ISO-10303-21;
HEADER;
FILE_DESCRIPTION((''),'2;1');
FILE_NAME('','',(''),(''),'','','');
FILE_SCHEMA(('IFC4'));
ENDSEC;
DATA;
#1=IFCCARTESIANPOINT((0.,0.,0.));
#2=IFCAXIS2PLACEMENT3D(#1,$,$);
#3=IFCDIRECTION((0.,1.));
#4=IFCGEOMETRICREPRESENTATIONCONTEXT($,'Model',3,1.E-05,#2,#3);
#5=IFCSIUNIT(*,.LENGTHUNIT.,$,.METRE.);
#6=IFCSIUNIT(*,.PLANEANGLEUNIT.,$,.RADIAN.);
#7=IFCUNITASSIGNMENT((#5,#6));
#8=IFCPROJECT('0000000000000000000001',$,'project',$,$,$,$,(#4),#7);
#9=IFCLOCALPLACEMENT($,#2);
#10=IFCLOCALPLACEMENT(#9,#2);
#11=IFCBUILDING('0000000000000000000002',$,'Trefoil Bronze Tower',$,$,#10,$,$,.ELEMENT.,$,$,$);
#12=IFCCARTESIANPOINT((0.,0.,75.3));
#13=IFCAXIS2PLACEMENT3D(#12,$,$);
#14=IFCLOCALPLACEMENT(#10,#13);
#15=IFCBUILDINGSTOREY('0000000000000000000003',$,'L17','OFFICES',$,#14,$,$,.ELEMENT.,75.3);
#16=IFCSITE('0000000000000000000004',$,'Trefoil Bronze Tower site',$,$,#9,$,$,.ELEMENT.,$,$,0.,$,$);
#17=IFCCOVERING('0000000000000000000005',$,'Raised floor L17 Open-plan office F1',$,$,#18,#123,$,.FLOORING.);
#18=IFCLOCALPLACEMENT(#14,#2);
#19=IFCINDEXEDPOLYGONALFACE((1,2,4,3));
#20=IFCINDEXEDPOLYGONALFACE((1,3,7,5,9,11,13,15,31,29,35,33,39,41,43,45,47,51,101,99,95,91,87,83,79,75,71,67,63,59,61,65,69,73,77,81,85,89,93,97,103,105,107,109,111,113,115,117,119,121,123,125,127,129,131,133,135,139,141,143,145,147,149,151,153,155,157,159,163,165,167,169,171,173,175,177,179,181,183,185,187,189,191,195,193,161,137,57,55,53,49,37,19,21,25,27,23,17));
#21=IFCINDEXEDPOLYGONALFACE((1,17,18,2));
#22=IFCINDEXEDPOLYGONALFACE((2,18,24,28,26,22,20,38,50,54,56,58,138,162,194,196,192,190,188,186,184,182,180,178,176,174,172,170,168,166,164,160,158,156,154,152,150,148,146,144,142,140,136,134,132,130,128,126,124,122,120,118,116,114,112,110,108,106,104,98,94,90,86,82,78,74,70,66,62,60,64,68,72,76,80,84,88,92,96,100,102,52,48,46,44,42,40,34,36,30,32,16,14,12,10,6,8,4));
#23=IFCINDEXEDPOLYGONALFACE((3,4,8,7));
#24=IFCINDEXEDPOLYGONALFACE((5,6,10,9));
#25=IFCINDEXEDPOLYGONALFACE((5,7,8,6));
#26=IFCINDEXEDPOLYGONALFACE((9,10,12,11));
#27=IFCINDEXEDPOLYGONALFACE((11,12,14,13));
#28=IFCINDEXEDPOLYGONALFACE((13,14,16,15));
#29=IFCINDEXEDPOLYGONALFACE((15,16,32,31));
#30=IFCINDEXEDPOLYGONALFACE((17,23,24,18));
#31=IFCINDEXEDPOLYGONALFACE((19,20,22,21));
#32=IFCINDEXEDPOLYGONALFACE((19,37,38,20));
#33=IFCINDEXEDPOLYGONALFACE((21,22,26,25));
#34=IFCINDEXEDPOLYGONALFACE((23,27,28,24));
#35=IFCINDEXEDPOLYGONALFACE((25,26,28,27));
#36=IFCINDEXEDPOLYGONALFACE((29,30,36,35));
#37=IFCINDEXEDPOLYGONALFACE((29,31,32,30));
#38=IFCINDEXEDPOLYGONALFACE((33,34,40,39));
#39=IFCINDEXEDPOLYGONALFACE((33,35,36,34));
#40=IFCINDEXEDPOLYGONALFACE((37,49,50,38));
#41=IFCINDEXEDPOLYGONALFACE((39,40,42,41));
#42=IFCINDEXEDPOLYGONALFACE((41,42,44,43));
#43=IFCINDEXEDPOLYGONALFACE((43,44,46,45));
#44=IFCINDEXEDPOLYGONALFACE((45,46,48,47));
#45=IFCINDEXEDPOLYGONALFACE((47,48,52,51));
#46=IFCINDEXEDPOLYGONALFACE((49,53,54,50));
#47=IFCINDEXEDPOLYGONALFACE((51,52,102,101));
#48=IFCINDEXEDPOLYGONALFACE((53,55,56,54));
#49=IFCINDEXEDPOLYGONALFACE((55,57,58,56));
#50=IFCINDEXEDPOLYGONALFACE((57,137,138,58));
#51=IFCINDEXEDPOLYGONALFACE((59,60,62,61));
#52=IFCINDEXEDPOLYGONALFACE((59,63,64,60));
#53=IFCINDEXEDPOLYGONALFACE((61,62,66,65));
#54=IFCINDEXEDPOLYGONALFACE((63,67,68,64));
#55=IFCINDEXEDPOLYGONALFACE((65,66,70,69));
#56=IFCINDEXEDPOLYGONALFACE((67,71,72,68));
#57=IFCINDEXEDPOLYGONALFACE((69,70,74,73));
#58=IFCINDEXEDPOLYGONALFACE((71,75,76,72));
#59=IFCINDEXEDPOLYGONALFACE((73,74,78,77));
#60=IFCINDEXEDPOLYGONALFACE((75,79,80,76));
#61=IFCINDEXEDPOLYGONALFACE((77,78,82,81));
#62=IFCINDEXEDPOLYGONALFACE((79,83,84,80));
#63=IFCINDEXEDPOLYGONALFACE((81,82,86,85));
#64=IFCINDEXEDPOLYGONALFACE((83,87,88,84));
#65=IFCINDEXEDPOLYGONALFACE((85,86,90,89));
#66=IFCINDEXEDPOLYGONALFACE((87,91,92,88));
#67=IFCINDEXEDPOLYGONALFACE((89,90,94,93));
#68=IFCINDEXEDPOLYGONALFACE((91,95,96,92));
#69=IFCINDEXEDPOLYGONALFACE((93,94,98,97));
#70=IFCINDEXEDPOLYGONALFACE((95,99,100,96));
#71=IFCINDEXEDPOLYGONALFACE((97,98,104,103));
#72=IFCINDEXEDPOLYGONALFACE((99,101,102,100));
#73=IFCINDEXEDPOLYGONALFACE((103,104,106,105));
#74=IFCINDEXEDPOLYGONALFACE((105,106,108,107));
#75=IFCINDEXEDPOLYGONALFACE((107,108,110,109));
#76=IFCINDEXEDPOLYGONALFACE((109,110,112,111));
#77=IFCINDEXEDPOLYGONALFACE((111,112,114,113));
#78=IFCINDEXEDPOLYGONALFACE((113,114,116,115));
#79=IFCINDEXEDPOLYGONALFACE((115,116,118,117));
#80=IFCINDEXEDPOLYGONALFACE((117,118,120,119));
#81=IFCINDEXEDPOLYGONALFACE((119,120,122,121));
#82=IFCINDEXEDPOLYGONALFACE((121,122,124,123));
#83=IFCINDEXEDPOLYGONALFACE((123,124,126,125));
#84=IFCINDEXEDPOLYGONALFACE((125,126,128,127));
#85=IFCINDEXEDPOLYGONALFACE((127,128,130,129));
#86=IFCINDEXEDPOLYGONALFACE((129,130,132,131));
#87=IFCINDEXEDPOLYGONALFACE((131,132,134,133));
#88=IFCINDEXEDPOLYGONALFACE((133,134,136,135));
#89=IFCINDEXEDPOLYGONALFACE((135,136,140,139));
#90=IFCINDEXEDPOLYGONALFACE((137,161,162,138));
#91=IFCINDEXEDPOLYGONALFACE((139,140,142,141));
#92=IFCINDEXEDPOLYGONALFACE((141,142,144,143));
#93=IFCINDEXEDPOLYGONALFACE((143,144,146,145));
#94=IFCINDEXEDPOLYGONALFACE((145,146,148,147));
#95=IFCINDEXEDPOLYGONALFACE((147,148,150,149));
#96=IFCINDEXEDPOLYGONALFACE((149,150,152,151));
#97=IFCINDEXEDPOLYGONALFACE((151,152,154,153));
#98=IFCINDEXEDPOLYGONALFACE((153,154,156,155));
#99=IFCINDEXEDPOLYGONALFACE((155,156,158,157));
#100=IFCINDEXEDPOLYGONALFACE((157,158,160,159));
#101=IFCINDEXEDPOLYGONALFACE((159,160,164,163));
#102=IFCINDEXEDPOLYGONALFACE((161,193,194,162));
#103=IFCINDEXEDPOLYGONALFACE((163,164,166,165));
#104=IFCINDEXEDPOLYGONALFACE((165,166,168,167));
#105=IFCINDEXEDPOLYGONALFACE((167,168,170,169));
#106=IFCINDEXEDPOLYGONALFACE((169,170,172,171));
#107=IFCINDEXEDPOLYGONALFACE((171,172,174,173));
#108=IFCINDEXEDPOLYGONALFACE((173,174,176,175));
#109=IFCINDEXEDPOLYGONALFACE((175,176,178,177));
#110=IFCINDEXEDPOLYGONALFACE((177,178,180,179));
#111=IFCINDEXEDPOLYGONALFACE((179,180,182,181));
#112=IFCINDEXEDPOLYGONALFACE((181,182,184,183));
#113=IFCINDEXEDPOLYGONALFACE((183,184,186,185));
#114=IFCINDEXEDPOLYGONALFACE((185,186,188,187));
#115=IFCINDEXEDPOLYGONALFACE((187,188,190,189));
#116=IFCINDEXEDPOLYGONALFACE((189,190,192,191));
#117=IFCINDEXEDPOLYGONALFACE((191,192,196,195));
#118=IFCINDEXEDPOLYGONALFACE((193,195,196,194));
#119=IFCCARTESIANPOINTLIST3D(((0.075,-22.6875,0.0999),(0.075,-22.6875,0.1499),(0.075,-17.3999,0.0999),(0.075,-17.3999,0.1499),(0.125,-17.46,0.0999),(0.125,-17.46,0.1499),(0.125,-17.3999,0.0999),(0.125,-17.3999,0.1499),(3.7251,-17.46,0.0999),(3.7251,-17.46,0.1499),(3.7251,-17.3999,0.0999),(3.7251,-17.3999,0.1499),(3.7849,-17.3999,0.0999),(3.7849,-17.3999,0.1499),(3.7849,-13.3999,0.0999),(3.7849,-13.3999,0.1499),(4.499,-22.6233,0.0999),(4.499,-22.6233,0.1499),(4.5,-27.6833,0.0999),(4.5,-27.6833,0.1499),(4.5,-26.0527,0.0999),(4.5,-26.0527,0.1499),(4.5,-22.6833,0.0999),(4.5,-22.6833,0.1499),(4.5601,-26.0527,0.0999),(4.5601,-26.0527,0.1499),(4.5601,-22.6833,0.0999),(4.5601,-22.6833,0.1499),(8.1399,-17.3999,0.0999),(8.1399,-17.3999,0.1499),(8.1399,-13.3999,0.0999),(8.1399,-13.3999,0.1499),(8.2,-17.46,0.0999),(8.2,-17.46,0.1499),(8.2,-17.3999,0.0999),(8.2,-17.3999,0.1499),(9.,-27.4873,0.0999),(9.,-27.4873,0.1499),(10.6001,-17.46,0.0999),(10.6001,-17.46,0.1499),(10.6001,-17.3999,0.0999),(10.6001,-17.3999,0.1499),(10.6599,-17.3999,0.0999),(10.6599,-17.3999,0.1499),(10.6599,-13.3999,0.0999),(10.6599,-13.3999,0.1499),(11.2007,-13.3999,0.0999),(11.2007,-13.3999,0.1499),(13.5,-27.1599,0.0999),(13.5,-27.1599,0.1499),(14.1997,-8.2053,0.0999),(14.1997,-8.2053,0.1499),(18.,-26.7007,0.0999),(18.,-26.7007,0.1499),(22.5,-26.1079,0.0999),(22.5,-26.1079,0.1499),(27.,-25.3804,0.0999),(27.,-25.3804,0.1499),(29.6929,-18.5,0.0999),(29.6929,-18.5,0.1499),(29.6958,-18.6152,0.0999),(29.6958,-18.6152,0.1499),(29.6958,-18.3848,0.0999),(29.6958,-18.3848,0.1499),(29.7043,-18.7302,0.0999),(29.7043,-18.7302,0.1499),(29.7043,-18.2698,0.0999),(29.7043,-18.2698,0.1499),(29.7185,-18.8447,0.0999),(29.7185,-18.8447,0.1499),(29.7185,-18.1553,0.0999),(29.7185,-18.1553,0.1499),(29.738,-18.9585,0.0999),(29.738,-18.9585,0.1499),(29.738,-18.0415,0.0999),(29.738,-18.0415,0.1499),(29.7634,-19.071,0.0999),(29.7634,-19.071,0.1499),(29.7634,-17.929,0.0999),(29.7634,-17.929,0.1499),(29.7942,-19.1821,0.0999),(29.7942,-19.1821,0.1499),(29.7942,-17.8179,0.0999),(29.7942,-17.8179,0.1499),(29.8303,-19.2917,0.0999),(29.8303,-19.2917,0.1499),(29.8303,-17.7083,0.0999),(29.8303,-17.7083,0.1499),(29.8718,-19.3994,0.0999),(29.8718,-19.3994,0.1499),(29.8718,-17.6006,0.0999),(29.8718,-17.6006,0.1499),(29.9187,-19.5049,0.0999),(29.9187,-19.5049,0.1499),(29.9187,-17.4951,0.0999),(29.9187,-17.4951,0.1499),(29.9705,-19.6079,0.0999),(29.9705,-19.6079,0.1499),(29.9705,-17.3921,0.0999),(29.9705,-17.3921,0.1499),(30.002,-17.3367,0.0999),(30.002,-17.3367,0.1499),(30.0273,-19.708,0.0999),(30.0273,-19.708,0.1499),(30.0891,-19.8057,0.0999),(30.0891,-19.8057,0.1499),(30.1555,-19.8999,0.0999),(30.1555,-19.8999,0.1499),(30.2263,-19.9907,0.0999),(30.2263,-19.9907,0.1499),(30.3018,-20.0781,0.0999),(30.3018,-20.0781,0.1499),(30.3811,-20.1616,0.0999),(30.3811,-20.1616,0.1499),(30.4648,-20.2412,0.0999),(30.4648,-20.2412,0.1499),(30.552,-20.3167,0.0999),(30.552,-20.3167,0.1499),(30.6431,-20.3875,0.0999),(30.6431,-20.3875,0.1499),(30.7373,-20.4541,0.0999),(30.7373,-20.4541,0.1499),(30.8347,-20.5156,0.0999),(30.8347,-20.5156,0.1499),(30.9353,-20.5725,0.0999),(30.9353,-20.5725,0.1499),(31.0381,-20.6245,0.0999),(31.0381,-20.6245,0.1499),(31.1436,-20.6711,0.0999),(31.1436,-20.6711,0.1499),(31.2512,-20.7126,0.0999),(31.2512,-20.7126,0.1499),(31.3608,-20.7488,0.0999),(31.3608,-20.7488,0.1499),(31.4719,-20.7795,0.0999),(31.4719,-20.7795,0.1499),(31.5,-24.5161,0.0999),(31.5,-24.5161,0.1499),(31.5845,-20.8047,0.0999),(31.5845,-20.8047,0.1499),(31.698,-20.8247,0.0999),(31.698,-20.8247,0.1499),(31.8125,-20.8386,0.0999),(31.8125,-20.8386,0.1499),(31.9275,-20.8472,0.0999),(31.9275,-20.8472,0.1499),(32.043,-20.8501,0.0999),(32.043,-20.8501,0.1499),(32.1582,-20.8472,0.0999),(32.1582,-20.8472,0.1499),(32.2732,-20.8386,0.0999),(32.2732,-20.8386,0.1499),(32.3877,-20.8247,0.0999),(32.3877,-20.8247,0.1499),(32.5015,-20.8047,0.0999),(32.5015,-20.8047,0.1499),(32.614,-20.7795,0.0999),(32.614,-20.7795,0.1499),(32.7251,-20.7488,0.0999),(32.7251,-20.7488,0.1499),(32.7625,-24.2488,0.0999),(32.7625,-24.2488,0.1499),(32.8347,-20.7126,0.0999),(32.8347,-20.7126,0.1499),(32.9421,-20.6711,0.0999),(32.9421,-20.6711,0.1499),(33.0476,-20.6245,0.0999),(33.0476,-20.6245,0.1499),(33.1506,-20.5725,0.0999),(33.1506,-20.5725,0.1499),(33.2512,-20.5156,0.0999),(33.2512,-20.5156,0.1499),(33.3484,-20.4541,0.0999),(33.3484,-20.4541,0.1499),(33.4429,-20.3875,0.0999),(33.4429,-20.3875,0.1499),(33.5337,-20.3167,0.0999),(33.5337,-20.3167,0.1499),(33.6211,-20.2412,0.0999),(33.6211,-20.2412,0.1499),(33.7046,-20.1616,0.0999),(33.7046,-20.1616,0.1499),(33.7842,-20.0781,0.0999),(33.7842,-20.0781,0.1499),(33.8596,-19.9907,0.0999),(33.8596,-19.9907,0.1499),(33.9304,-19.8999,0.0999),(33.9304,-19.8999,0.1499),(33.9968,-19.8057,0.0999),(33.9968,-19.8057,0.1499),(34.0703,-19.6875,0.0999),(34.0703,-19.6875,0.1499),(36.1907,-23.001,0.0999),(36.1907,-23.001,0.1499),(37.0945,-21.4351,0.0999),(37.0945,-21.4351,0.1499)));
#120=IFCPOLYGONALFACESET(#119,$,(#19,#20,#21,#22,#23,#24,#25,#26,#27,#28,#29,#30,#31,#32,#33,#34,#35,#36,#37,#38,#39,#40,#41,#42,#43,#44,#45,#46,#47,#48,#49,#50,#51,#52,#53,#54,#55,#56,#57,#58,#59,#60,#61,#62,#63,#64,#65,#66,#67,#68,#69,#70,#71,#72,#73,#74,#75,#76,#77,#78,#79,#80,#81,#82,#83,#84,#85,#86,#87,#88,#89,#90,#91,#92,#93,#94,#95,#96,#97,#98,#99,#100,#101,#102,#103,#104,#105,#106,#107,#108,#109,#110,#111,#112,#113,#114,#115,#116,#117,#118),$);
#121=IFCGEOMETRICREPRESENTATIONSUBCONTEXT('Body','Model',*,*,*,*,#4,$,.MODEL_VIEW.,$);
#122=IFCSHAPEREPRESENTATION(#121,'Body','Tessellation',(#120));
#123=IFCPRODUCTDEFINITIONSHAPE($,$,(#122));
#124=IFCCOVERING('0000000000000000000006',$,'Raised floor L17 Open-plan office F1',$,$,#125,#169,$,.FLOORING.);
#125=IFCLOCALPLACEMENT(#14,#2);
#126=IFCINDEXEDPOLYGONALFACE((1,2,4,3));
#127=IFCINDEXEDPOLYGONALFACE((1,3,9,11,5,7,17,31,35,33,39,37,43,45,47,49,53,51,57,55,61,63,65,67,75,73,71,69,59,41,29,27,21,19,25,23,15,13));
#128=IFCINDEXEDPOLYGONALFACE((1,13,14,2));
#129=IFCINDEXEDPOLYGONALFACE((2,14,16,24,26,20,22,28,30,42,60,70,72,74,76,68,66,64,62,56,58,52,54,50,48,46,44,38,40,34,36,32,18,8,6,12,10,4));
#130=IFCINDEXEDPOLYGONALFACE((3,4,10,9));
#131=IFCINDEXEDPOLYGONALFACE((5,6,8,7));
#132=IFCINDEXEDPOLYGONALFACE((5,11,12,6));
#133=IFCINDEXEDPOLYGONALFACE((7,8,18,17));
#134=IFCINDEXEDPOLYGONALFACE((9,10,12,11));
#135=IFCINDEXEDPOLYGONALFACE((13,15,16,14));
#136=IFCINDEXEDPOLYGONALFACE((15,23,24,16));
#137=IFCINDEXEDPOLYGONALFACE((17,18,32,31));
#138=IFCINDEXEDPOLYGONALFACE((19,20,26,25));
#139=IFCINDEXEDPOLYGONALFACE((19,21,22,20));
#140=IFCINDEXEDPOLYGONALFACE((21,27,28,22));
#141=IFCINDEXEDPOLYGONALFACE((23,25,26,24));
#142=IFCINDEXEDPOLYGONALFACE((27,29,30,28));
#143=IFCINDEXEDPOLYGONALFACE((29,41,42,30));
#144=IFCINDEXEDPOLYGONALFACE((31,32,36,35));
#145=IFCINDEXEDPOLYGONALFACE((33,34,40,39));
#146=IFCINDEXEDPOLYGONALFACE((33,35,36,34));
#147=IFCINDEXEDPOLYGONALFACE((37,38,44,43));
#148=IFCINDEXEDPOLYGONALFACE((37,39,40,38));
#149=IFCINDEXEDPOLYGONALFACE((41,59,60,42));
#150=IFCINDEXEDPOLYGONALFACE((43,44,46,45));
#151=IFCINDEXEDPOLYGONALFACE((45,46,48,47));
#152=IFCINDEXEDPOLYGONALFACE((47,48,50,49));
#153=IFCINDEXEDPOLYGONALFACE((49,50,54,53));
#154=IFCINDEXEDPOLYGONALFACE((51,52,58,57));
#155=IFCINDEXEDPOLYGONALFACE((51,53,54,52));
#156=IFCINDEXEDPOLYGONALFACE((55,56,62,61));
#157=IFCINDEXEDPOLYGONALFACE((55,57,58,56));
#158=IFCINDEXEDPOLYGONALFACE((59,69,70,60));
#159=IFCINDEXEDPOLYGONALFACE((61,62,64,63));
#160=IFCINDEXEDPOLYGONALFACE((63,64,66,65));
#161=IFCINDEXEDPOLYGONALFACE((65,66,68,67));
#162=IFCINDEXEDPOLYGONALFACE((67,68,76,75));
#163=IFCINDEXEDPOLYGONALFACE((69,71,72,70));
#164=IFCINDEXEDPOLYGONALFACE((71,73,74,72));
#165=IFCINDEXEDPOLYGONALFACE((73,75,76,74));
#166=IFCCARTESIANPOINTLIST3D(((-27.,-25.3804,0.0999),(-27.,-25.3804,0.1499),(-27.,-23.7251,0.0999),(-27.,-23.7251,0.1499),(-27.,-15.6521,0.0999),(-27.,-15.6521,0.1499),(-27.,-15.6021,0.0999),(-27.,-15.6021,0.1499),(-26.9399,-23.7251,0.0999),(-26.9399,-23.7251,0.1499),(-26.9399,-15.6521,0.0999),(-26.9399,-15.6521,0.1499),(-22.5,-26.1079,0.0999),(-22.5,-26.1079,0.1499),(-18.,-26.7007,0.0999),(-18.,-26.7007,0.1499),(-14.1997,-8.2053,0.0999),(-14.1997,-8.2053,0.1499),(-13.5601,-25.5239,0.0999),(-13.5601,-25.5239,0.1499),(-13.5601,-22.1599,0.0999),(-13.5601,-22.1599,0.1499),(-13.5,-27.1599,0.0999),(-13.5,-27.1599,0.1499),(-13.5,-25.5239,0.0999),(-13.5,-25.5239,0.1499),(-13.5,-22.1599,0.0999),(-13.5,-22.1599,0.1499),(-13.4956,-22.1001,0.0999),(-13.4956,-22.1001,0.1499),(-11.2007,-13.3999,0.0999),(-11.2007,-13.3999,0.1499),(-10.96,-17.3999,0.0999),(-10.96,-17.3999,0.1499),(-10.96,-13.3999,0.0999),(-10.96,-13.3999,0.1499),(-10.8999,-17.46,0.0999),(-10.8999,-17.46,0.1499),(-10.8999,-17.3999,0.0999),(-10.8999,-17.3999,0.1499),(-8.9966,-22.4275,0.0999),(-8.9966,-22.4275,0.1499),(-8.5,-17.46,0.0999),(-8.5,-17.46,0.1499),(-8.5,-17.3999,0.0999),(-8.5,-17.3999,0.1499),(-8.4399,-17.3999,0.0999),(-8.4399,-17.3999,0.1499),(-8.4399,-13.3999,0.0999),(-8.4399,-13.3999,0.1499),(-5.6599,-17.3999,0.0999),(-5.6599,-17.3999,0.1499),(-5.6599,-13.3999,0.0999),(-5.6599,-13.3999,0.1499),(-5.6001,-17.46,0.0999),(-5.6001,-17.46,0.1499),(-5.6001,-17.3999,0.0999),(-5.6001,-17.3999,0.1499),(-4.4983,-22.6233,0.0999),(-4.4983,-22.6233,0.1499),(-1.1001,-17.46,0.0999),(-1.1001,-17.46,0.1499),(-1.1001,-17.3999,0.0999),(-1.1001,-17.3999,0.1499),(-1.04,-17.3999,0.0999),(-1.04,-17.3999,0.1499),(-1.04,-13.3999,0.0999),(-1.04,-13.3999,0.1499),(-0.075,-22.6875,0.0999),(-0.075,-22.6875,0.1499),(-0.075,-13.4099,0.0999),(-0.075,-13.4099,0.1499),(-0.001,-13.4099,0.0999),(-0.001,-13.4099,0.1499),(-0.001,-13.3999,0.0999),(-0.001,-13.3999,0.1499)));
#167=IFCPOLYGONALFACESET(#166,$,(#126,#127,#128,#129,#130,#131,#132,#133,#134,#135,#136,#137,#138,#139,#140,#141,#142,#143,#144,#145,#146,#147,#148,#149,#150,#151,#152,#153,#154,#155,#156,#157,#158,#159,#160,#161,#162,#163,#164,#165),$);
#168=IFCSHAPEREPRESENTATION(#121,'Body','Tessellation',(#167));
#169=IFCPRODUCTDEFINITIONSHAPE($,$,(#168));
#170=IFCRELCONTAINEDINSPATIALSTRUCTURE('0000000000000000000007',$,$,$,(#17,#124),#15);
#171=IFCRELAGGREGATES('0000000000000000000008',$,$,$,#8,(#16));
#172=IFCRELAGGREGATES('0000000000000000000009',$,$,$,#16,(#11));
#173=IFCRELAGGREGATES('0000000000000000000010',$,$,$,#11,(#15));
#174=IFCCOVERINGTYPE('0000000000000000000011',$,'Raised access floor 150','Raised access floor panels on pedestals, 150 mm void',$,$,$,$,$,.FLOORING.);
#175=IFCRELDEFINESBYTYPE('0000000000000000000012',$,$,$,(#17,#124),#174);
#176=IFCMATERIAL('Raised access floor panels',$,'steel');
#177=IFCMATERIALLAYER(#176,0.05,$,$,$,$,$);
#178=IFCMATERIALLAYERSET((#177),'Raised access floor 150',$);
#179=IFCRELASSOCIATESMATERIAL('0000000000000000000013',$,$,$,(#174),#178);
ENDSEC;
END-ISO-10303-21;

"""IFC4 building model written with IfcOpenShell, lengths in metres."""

from ifc_helpers import new_model, si_unit, direction, frame, origin, place, context, subcontext, project, spatial, polyline, outline, extrude, material, layer, layer_set, type_object, element, save


model = new_model("IFC4")

# Units and contexts
model_context = context("Model", 3, precision=1e-05, world=origin(), true_north=direction((0.0, 1.0)))
body_context = subcontext(model_context, "Body", "Model", "MODEL_VIEW")
ifc_project = project(units=[si_unit("LENGTHUNIT", "METRE"), si_unit("PLANEANGLEUNIT", "RADIAN")], contexts=[model_context])

# Site, building, storey
site_placement = place(None, origin())
site = spatial("IfcSite", under=ifc_project, at=site_placement, Name="Trefoil Bronze Tower site", CompositionType="ELEMENT", RefElevation=0.0)
building_placement = place(site_placement, origin())
building = spatial("IfcBuilding", under=site, at=building_placement, Name="Trefoil Bronze Tower", CompositionType="ELEMENT")
storey_placement = place(building_placement, frame((0.0, 0.0, 75.3)))
storey = spatial("IfcBuildingStorey", under=building, at=storey_placement, Name="L17", Description="OFFICES", CompositionType="ELEMENT", Elevation=75.3)

# Coverings
ifc_material_1 = material(Name="Raised access floor panels", Category="steel")
ifc_layer_1 = layer(ifc_material_1, 0.05)
ifc_layer_set_1 = layer_set([ifc_layer_1], Name="Raised access floor 150")
covering_type_1 = type_object("IfcCoveringType", Name="Raised access floor 150", Description="Raised access floor panels on pedestals, 150 mm void", PredefinedType="FLOORING", material=ifc_layer_set_1)
covering_1_placement = place(storey_placement, frame((0.0, 0.0, 0.0999)))
element("IfcCovering", 1, at=covering_1_placement, inside=storey, type_object=covering_type_1, Name="Raised floor L17 Open-plan office F1", PredefinedType="FLOORING", context=body_context, shape_type="SweptSolid", body=[
    extrude(outline(polyline([(4.5, -27.6833), (4.5, -26.0527), (4.5601, -26.0527), (4.5601, -22.6833), (4.5, -22.6833), (4.499, -22.6233), (0.075, -22.6875), (0.075, -17.3999), (0.125, -17.3999), (0.125, -17.46), (3.7251, -17.46), (3.7251, -17.3999), (3.7849, -17.3999), (3.7849, -13.3999), (8.1399, -13.3999), (8.1399, -17.3999), (8.2, -17.3999), (8.2, -17.46), (10.6001, -17.46), (10.6001, -17.3999), (10.6599, -17.3999), (10.6599, -13.3999), (11.2007, -13.3999), (14.1997, -8.2053), (30.002, -17.3367), (29.9705, -17.3921), (29.9187, -17.4951), (29.8718, -17.6006), (29.8303, -17.7083), (29.7942, -17.8179), (29.7634, -17.929), (29.738, -18.0415), (29.7185, -18.1553), (29.7043, -18.2698), (29.6958, -18.3848), (29.6929, -18.5), (29.6958, -18.6152), (29.7043, -18.7302), (29.7185, -18.8447), (29.738, -18.9585), (29.7634, -19.071), (29.7942, -19.1821), (29.8303, -19.2917), (29.8718, -19.3994), (29.9187, -19.5049), (29.9705, -19.6079), (30.0273, -19.708), (30.0891, -19.8057), (30.1555, -19.8999), (30.2263, -19.9907), (30.3018, -20.0781), (30.3811, -20.1616), (30.4648, -20.2412), (30.552, -20.3167), (30.6431, -20.3875), (30.7373, -20.4541), (30.8347, -20.5156), (30.9353, -20.5725), (31.0381, -20.6245), (31.1436, -20.6711), (31.2512, -20.7126), (31.3608, -20.7488), (31.4719, -20.7795), (31.5845, -20.8047), (31.698, -20.8247), (31.8125, -20.8386), (31.9275, -20.8472), (32.043, -20.8501), (32.1582, -20.8472), (32.2732, -20.8386), (32.3877, -20.8247), (32.5015, -20.8047), (32.614, -20.7795), (32.7251, -20.7488), (32.8347, -20.7126), (32.9421, -20.6711), (33.0476, -20.6245), (33.1506, -20.5725), (33.2512, -20.5156), (33.3484, -20.4541), (33.4429, -20.3875), (33.5337, -20.3167), (33.6211, -20.2412), (33.7046, -20.1616), (33.7842, -20.0781), (33.8596, -19.9907), (33.9304, -19.8999), (33.9968, -19.8057), (34.0703, -19.6875), (37.0945, -21.4351), (36.1907, -23.001), (32.7625, -24.2488), (31.5, -24.5161), (27.0, -25.3804), (22.5, -26.1079), (18.0, -26.7007), (13.5, -27.1599), (9.0, -27.4873), (4.5, -27.6833)])), origin(), (0.0, 0.0, 1.0), 0.05),
])
covering_2_placement = place(storey_placement, frame((0.0, 0.0, 0.0999)))
element("IfcCovering", 2, at=covering_2_placement, inside=storey, type_object=covering_type_1, Name="Raised floor L17 Open-plan office F1", PredefinedType="FLOORING", context=body_context, shape_type="SweptSolid", body=[
    extrude(outline(polyline([(-14.1997, -8.2053), (-11.2007, -13.3999), (-10.96, -13.3999), (-10.96, -17.3999), (-10.8999, -17.3999), (-10.8999, -17.46), (-8.5, -17.46), (-8.5, -17.3999), (-8.4399, -17.3999), (-8.4399, -13.3999), (-5.6599, -13.3999), (-5.6599, -17.3999), (-5.6001, -17.3999), (-5.6001, -17.46), (-1.1001, -17.46), (-1.1001, -17.3999), (-1.04, -17.3999), (-1.04, -13.3999), (-0.001, -13.3999), (-0.001, -13.4099), (-0.075, -13.4099), (-0.075, -22.6875), (-4.4983, -22.6233), (-8.9966, -22.4275), (-13.4956, -22.1001), (-13.5, -22.1599), (-13.5601, -22.1599), (-13.5601, -25.5239), (-13.5, -25.5239), (-13.5, -27.1599), (-18.0, -26.7007), (-22.5, -26.1079), (-27.0, -25.3804), (-27.0, -23.7251), (-26.9399, -23.7251), (-26.9399, -15.6521), (-27.0, -15.6521), (-27.0, -15.6021), (-14.1997, -8.2053)])), origin(), (0.0, 0.0, 1.0), 0.05),
])

save(model, "model.ifc")
